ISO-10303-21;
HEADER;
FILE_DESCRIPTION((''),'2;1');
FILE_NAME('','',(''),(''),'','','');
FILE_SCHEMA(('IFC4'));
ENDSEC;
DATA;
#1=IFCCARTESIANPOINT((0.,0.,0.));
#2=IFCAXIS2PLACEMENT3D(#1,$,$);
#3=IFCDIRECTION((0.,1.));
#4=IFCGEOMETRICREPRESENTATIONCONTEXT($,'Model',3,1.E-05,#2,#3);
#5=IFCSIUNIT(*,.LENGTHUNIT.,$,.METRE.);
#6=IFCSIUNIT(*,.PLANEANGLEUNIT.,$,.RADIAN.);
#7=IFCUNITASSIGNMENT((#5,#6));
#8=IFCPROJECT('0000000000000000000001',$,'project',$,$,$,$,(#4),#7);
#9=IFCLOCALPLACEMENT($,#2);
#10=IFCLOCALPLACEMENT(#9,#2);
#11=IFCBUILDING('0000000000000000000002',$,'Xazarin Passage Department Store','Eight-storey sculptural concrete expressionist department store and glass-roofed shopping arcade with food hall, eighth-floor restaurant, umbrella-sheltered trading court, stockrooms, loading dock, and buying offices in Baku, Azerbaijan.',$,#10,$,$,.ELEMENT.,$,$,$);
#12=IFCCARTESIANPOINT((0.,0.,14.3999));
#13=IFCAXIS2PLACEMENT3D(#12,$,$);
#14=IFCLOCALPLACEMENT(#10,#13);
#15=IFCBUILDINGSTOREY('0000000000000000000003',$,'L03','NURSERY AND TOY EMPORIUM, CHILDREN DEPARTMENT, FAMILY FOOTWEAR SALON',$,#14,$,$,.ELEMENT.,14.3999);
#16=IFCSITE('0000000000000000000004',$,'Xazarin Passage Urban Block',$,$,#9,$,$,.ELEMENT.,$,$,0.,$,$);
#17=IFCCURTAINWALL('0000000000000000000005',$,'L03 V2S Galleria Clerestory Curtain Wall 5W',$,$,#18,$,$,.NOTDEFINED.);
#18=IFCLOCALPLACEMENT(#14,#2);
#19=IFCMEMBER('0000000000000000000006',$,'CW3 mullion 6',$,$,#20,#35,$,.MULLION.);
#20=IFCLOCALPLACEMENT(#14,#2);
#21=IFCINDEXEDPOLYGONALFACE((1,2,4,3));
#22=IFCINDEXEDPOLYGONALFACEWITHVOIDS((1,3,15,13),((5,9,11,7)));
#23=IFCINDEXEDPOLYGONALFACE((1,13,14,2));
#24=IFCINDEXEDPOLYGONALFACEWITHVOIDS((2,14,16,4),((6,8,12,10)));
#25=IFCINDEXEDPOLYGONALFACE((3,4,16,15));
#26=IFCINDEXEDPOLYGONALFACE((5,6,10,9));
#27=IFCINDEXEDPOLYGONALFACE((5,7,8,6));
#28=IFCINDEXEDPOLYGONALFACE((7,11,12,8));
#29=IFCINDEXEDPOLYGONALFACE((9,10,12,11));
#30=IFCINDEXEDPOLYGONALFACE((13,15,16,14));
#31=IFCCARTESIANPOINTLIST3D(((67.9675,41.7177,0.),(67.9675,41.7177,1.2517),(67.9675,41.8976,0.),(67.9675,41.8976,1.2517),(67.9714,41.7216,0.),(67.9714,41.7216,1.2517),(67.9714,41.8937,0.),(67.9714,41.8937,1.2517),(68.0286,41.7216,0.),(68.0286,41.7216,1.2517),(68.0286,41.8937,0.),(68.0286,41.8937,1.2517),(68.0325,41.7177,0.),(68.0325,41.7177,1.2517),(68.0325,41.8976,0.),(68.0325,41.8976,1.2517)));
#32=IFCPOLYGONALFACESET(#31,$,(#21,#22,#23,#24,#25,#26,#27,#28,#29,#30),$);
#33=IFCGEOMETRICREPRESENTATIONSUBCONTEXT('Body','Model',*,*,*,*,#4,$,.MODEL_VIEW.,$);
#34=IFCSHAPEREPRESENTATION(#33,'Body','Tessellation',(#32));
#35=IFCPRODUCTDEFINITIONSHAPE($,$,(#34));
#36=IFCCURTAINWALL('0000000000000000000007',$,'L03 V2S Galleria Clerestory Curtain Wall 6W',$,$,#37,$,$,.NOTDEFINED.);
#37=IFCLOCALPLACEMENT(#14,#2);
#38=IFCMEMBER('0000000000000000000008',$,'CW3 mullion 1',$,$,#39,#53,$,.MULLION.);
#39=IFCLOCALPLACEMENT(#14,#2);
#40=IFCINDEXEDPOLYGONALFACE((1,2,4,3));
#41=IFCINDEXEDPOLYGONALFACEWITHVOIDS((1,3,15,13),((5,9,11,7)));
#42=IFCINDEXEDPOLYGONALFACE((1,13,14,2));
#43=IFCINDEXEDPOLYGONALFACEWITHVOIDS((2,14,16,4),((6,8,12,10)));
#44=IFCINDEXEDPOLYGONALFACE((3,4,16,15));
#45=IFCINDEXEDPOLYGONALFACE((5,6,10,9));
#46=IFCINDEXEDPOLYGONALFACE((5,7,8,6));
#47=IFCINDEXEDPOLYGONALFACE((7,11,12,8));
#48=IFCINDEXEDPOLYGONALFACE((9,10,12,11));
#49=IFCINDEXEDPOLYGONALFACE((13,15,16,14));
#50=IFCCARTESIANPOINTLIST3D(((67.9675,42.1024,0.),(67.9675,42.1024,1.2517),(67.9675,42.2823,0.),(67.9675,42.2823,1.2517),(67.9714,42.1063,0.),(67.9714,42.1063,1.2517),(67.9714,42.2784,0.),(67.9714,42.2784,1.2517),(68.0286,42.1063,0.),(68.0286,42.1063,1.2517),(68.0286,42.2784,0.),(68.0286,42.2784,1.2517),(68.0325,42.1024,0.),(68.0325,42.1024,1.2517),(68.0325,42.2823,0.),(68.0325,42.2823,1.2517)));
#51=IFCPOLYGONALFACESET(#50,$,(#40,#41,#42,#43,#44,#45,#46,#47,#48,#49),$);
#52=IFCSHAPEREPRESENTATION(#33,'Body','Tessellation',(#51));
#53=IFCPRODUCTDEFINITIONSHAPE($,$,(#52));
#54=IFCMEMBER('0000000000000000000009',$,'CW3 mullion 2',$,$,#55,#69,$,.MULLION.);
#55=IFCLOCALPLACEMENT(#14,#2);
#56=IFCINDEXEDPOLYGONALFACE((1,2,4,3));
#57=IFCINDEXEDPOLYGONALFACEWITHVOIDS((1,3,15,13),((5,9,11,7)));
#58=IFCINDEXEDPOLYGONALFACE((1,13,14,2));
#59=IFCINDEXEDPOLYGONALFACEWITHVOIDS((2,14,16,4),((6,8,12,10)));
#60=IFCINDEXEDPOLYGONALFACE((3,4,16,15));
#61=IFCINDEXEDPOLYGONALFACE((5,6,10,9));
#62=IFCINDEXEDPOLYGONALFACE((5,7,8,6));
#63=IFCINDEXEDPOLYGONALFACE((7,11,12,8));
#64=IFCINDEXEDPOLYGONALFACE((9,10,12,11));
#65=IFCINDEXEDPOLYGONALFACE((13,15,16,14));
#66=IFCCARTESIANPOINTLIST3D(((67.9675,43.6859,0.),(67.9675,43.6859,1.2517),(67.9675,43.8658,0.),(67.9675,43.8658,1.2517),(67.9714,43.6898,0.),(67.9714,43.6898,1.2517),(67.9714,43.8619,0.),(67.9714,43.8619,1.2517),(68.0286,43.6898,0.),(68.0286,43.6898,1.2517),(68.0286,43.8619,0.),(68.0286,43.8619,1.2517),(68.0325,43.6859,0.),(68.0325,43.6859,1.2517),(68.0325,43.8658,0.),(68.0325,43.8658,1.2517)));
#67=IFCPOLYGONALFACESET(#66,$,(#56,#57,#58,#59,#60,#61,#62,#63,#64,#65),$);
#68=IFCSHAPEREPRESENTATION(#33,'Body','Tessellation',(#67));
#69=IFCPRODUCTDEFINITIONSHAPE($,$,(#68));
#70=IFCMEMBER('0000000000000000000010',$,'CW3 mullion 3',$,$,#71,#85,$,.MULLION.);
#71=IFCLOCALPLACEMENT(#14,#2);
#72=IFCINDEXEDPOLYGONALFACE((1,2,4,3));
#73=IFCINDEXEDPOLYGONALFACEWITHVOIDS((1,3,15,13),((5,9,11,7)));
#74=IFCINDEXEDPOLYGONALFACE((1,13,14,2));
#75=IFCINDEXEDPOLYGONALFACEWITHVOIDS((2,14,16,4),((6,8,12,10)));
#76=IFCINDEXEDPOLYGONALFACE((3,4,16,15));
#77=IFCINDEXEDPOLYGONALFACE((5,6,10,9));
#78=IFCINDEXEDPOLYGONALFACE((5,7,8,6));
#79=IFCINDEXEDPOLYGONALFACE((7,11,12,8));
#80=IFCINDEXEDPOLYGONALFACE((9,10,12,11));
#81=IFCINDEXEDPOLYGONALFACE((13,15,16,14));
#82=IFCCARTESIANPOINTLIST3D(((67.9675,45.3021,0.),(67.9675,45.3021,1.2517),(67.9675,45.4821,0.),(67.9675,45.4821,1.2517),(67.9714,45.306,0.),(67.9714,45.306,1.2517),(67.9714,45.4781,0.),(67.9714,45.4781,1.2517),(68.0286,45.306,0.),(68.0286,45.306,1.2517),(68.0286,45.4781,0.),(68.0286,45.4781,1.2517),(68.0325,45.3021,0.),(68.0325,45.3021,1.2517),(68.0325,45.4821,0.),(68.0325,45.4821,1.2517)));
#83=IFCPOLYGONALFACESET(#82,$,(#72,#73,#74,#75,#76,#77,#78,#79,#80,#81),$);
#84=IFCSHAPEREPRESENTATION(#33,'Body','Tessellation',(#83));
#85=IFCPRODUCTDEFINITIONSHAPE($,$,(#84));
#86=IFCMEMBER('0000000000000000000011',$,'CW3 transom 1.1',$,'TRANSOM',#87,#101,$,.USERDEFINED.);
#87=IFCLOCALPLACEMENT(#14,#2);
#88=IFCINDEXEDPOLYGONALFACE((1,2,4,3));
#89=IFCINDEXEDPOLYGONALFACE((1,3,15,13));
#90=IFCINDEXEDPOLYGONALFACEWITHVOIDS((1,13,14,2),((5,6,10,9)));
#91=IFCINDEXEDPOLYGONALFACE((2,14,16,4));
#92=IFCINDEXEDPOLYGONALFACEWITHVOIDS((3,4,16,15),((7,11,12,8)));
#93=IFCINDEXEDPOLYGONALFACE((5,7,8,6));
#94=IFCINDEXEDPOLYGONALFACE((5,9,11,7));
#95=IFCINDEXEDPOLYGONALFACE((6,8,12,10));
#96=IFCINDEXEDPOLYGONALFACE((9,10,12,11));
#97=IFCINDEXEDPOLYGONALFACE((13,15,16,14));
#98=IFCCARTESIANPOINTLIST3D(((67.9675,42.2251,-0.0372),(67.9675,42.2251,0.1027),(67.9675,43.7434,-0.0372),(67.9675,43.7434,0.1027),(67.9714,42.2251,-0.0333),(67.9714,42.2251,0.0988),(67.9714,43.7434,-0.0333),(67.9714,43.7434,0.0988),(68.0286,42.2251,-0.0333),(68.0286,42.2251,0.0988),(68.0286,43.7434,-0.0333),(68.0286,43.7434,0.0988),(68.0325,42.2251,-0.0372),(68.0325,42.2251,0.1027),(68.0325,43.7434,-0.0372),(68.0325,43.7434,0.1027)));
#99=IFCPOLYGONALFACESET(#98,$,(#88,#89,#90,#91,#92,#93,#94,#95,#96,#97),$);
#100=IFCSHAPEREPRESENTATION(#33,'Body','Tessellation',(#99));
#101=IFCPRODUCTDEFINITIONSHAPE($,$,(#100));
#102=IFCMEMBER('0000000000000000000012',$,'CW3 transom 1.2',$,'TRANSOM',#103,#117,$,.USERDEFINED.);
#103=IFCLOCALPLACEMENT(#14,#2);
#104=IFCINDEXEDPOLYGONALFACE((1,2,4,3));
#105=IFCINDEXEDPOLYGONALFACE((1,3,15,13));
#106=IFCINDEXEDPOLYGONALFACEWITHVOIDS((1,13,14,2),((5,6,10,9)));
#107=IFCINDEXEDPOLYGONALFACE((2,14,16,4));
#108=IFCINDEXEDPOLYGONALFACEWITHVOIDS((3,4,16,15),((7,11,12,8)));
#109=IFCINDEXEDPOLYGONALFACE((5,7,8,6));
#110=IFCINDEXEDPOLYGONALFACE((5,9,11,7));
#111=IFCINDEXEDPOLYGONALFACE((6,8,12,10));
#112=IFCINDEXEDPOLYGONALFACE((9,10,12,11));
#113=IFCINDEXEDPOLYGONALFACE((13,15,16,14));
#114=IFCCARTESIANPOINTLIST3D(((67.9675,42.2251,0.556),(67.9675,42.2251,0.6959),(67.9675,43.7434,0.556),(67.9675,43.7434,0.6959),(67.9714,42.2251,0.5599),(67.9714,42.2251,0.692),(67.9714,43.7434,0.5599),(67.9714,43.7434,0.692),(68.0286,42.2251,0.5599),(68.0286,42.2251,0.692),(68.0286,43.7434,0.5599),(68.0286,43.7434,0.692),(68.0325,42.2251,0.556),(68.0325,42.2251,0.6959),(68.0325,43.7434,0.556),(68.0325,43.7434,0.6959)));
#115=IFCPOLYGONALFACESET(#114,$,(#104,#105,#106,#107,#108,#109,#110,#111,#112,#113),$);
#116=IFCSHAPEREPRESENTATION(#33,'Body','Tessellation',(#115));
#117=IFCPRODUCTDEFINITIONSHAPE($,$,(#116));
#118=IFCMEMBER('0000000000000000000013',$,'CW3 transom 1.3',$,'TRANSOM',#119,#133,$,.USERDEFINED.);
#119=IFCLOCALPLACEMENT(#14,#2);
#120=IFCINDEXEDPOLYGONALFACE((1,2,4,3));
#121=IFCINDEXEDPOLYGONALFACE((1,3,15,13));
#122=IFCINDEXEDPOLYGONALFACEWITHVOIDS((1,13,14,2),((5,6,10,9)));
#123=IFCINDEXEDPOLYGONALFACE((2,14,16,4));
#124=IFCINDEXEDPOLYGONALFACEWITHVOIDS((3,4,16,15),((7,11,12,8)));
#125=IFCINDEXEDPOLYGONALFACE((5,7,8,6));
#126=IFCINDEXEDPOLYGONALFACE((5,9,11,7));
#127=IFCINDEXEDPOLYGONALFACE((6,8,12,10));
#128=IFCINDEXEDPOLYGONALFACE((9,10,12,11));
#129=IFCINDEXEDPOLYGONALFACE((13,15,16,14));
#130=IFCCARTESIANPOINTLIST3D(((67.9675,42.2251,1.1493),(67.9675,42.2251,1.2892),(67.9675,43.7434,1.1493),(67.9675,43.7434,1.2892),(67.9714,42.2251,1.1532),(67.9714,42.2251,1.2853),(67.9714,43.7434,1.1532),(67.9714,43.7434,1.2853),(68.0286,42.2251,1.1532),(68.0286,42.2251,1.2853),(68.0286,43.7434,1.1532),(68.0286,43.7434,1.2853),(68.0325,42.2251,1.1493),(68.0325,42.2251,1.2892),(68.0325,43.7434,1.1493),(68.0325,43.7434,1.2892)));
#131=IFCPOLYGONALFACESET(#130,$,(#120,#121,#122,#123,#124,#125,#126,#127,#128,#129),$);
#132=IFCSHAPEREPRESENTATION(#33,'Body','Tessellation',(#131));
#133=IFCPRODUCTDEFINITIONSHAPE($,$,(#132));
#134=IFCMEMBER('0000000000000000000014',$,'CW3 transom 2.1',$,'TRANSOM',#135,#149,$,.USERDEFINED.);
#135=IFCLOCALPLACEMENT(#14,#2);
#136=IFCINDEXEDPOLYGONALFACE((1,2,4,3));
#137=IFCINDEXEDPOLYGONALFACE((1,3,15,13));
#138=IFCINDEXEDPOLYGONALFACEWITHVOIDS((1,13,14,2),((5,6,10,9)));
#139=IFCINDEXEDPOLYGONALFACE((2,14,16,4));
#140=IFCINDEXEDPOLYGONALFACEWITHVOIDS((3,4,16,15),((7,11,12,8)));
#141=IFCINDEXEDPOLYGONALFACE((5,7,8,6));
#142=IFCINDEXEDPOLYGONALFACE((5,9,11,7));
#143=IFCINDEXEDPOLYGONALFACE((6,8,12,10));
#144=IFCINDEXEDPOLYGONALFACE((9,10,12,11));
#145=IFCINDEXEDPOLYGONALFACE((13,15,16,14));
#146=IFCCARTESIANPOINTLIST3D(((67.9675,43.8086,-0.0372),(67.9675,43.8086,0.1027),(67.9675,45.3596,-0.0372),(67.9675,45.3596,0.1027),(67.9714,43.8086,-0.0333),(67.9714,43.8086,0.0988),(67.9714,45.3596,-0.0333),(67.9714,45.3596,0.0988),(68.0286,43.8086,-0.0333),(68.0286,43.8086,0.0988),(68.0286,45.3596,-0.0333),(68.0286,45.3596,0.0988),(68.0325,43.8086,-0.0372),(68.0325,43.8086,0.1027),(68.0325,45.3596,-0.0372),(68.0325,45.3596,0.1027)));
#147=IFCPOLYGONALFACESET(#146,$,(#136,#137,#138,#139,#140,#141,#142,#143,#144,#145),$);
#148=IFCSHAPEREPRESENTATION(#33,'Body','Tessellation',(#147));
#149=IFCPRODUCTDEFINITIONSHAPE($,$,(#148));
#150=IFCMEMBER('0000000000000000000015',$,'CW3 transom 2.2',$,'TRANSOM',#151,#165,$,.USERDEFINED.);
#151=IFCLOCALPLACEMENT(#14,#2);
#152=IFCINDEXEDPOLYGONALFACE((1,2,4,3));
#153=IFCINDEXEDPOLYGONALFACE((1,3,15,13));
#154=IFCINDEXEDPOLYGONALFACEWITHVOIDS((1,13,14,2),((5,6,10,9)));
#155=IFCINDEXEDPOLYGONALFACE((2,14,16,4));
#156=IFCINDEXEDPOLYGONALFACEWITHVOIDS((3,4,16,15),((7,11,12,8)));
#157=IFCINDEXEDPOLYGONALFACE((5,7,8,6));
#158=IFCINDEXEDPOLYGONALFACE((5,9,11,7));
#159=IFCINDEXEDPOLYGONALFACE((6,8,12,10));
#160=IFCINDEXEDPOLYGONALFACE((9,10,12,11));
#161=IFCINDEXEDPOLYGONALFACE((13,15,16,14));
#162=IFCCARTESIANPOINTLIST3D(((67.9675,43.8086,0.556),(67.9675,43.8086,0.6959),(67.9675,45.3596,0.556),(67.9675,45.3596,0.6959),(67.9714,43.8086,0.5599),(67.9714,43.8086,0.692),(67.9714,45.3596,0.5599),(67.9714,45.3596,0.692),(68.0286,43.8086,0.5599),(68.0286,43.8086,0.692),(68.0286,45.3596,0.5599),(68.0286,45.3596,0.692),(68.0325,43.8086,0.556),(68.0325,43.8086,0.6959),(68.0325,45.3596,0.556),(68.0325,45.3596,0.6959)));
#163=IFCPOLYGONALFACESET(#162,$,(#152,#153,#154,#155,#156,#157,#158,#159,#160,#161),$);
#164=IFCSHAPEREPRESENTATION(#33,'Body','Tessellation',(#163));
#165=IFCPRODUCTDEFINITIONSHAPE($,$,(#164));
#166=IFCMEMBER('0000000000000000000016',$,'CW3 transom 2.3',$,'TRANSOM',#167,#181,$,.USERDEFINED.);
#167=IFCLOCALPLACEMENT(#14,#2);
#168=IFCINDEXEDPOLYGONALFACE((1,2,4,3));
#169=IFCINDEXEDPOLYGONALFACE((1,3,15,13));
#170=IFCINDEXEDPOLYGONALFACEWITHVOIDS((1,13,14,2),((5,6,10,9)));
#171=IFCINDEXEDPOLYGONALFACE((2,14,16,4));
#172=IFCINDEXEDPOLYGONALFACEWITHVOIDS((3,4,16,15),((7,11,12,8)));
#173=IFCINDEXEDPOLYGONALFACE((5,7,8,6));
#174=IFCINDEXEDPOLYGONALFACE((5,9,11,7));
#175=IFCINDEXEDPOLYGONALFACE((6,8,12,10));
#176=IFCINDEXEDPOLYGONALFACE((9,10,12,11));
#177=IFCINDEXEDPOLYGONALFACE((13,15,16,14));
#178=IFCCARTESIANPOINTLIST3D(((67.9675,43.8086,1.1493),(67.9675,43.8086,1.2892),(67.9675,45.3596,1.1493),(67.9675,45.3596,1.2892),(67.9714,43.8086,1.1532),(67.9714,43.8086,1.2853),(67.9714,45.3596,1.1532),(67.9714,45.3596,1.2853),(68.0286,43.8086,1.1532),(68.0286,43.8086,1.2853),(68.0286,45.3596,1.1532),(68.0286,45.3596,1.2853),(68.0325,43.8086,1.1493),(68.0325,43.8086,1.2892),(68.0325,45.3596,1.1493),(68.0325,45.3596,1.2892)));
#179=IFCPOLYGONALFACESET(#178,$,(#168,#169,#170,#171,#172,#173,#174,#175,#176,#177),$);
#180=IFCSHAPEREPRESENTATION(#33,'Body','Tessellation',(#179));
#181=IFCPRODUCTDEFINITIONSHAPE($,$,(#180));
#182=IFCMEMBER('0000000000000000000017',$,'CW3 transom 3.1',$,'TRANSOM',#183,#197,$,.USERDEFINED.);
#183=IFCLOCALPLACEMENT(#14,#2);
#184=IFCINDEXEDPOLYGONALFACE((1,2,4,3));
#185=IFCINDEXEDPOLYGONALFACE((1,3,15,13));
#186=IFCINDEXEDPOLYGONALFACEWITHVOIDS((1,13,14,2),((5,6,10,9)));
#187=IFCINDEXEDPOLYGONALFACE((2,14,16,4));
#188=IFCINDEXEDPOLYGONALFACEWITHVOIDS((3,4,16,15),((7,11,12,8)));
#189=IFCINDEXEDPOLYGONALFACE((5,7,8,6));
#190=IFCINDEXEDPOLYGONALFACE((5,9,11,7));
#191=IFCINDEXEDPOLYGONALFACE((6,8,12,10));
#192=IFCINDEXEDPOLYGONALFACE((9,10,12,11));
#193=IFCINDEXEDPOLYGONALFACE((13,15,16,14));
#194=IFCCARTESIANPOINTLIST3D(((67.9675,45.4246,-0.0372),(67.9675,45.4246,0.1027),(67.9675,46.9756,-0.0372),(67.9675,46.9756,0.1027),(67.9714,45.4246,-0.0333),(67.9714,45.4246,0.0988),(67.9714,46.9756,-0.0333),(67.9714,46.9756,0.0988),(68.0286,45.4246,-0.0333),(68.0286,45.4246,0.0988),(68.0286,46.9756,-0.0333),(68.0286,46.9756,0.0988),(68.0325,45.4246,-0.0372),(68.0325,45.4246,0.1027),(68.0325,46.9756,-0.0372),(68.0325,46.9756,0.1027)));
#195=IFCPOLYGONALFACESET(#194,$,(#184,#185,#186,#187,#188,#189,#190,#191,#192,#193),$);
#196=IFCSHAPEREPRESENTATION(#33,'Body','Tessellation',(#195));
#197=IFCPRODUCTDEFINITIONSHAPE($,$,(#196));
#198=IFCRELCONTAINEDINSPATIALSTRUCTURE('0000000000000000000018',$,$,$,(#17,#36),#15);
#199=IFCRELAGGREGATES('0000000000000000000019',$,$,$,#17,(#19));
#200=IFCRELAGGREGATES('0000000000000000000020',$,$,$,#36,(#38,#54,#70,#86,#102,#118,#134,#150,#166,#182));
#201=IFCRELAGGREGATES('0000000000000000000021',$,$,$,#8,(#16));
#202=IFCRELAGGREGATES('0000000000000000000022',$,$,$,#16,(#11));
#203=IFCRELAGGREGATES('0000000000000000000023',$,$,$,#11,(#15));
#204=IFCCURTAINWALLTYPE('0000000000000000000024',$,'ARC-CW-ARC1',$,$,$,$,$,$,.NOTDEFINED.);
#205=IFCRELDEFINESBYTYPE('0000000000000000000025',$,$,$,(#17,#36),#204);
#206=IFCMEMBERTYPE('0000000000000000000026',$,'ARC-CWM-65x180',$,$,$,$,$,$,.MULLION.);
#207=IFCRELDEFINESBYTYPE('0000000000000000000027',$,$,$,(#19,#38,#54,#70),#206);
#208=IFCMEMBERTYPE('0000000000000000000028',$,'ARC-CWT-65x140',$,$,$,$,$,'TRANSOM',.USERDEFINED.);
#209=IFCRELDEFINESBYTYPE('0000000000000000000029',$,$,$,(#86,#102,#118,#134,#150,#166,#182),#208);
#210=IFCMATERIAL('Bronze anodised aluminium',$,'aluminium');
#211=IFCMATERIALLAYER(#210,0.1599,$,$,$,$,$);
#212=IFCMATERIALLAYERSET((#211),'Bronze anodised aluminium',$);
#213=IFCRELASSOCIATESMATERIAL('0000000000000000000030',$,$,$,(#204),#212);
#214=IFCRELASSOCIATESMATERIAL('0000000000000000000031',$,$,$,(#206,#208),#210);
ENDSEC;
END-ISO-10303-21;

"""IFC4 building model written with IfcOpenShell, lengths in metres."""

from ifc_helpers import new_model, si_unit, direction, frame, origin, origin_2d, place, context, subcontext, project, spatial, hollow_rectangle, extrude, material, layer, layer_set, material_profile, profile_set, type_object, element, aggregate, save


model = new_model("IFC4")

# Units and contexts
model_context = context("Model", 3, precision=1e-05, world=origin(), true_north=direction((0.0, 1.0)))
body_context = subcontext(model_context, "Body", "Model", "MODEL_VIEW")
ifc_project = project(units=[si_unit("LENGTHUNIT", "METRE"), si_unit("PLANEANGLEUNIT", "RADIAN")], contexts=[model_context])

# Site, building, storey
site_placement = place(None, origin())
site = spatial("IfcSite", under=ifc_project, at=site_placement, Name="Xazarin Passage Urban Block", CompositionType="ELEMENT", RefElevation=0.0)
building_placement = place(site_placement, origin())
building = spatial("IfcBuilding", under=site, at=building_placement, Name="Xazarin Passage Department Store", Description="Eight-storey sculptural concrete expressionist department store and glass-roofed shopping arcade with food hall, eighth-floor restaurant, umbrella-sheltered trading court, stockrooms, loading dock, and buying offices in Baku, Azerbaijan.", CompositionType="ELEMENT")
storey_placement = place(building_placement, frame((0.0, 0.0, 14.3999)))
storey = spatial("IfcBuildingStorey", under=building, at=storey_placement, Name="L03", Description="NURSERY AND TOY EMPORIUM, CHILDREN DEPARTMENT, FAMILY FOOTWEAR SALON", CompositionType="ELEMENT", Elevation=14.3999)

# Curtain wall, member
ifc_material_1 = material(Name="Bronze anodised aluminium", Category="aluminium")
ifc_layer_1 = layer(ifc_material_1, 0.1599)
ifc_layer_set_1 = layer_set([ifc_layer_1], Name="Bronze anodised aluminium")
curtain_wall_type = type_object("IfcCurtainWallType", Name="ARC-CW-ARC1", PredefinedType="NOTDEFINED", material=ifc_layer_set_1)
curtain_wall_1_placement = place(storey_placement, origin())
curtain_wall_1 = element("IfcCurtainWall", 1, at=curtain_wall_1_placement, inside=storey, type_object=curtain_wall_type, Name="L03 V2S Galleria Clerestory Curtain Wall 5W", PredefinedType="NOTDEFINED")
ifc_material_profile_1 = material_profile(ifc_material_1, hollow_rectangle(XDim=0.0649, YDim=0.1799, WallThickness=0.0039, at=origin_2d()), Name="ALU 65x180")
ifc_profile_set_1 = profile_set([ifc_material_profile_1], Name="Bronze anodised aluminium")
member_type_1 = type_object("IfcMemberType", Name="ARC-CWM-65x180", PredefinedType="MULLION", material=ifc_profile_set_1)
member_1_placement = place(storey_placement, frame((68.0, 41.8076, 0.0), z_axis=(0.0, 0.0, 1.0), x_axis=(-1.0, 0.0, 0.0)))
member_1 = element("IfcMember", 2, at=member_1_placement, type_object=member_type_1, Name="CW3 mullion 6", PredefinedType="MULLION", context=body_context, shape_type="SweptSolid", body=[
    extrude(hollow_rectangle(XDim=0.0649, YDim=0.1799, WallThickness=0.0039, at=origin_2d()), origin(), (0.0, 0.0, 1.0), 1.2517),
])

# Curtain wall, members
curtain_wall_2_placement = place(storey_placement, origin())
curtain_wall_2 = element("IfcCurtainWall", 3, at=curtain_wall_2_placement, inside=storey, type_object=curtain_wall_type, Name="L03 V2S Galleria Clerestory Curtain Wall 6W", PredefinedType="NOTDEFINED")
member_2_placement = place(storey_placement, frame((68.0, 42.1924, 0.0), z_axis=(0.0, 0.0, 1.0), x_axis=(-1.0, 0.0, 0.0)))
member_2 = element("IfcMember", 4, at=member_2_placement, type_object=member_type_1, Name="CW3 mullion 1", PredefinedType="MULLION", context=body_context, shape_type="SweptSolid", body=[
    extrude(hollow_rectangle(XDim=0.0649, YDim=0.1799, WallThickness=0.0039, at=origin_2d()), origin(), (0.0, 0.0, 1.0), 1.2517),
])
member_3_placement = place(storey_placement, frame((68.0, 43.7759, 0.0), z_axis=(0.0, 0.0, 1.0), x_axis=(-1.0, 0.0, 0.0)))
member_3 = element("IfcMember", 5, at=member_3_placement, type_object=member_type_1, Name="CW3 mullion 2", PredefinedType="MULLION", context=body_context, shape_type="SweptSolid", body=[
    extrude(hollow_rectangle(XDim=0.0649, YDim=0.1799, WallThickness=0.0039, at=origin_2d()), origin(), (0.0, 0.0, 1.0), 1.2517),
])
member_4_placement = place(storey_placement, frame((68.0, 45.3921, 0.0), z_axis=(0.0, 0.0, 1.0), x_axis=(-1.0, 0.0, 0.0)))
member_4 = element("IfcMember", 6, at=member_4_placement, type_object=member_type_1, Name="CW3 mullion 3", PredefinedType="MULLION", context=body_context, shape_type="SweptSolid", body=[
    extrude(hollow_rectangle(XDim=0.0649, YDim=0.1799, WallThickness=0.0039, at=origin_2d()), origin(), (0.0, 0.0, 1.0), 1.2517),
])
ifc_material_profile_2 = material_profile(ifc_material_1, hollow_rectangle(XDim=0.0649, YDim=0.1399, WallThickness=0.0039, at=origin_2d()), Name="ALU 65x140")
ifc_profile_set_2 = profile_set([ifc_material_profile_2], Name="Bronze anodised aluminium")
member_type_2 = type_object("IfcMemberType", Name="ARC-CWT-65x140", ElementType="TRANSOM", PredefinedType="USERDEFINED", material=ifc_profile_set_2)
member_5_placement = place(storey_placement, frame((68.0, 42.2251, 0.0327), z_axis=(0.0, 1.0, 0.0), x_axis=(-1.0, 0.0, 0.0)))
member_5 = element("IfcMember", 7, at=member_5_placement, type_object=member_type_2, Name="CW3 transom 1.1", ObjectType="TRANSOM", PredefinedType="USERDEFINED", context=body_context, shape_type="SweptSolid", body=[
    extrude(hollow_rectangle(XDim=0.0649, YDim=0.1399, WallThickness=0.0039, at=origin_2d()), origin(), (0.0, 0.0, 1.0), 1.5183),
])
member_6_placement = place(storey_placement, frame((68.0, 42.2251, 0.626), z_axis=(0.0, 1.0, 0.0), x_axis=(-1.0, 0.0, 0.0)))
member_6 = element("IfcMember", 8, at=member_6_placement, type_object=member_type_2, Name="CW3 transom 1.2", ObjectType="TRANSOM", PredefinedType="USERDEFINED", context=body_context, shape_type="SweptSolid", body=[
    extrude(hollow_rectangle(XDim=0.0649, YDim=0.1399, WallThickness=0.0039, at=origin_2d()), origin(), (0.0, 0.0, 1.0), 1.5183),
])
member_7_placement = place(storey_placement, frame((68.0, 42.2251, 1.2192), z_axis=(0.0, 1.0, 0.0), x_axis=(-1.0, 0.0, 0.0)))
member_7 = element("IfcMember", 9, at=member_7_placement, type_object=member_type_2, Name="CW3 transom 1.3", ObjectType="TRANSOM", PredefinedType="USERDEFINED", context=body_context, shape_type="SweptSolid", body=[
    extrude(hollow_rectangle(XDim=0.0649, YDim=0.1399, WallThickness=0.0039, at=origin_2d()), origin(), (0.0, 0.0, 1.0), 1.5183),
])
member_8_placement = place(storey_placement, frame((68.0, 43.8086, 0.0327), z_axis=(0.0, 1.0, 0.0), x_axis=(-1.0, 0.0, 0.0)))
member_8 = element("IfcMember", 10, at=member_8_placement, type_object=member_type_2, Name="CW3 transom 2.1", ObjectType="TRANSOM", PredefinedType="USERDEFINED", context=body_context, shape_type="SweptSolid", body=[
    extrude(hollow_rectangle(XDim=0.0649, YDim=0.1399, WallThickness=0.0039, at=origin_2d()), origin(), (0.0, 0.0, 1.0), 1.551),
])
member_9_placement = place(storey_placement, frame((68.0, 43.8086, 0.626), z_axis=(0.0, 1.0, 0.0), x_axis=(-1.0, 0.0, 0.0)))
member_9 = element("IfcMember", 11, at=member_9_placement, type_object=member_type_2, Name="CW3 transom 2.2", ObjectType="TRANSOM", PredefinedType="USERDEFINED", context=body_context, shape_type="SweptSolid", body=[
    extrude(hollow_rectangle(XDim=0.0649, YDim=0.1399, WallThickness=0.0039, at=origin_2d()), origin(), (0.0, 0.0, 1.0), 1.551),
])
member_10_placement = place(storey_placement, frame((68.0, 43.8086, 1.2192), z_axis=(0.0, 1.0, 0.0), x_axis=(-1.0, 0.0, 0.0)))
member_10 = element("IfcMember", 12, at=member_10_placement, type_object=member_type_2, Name="CW3 transom 2.3", ObjectType="TRANSOM", PredefinedType="USERDEFINED", context=body_context, shape_type="SweptSolid", body=[
    extrude(hollow_rectangle(XDim=0.0649, YDim=0.1399, WallThickness=0.0039, at=origin_2d()), origin(), (0.0, 0.0, 1.0), 1.551),
])
member_11_placement = place(storey_placement, frame((68.0, 45.4246, 0.0327), z_axis=(0.0, 1.0, 0.0), x_axis=(-1.0, 0.0, 0.0)))
member_11 = element("IfcMember", 13, at=member_11_placement, type_object=member_type_2, Name="CW3 transom 3.1", ObjectType="TRANSOM", PredefinedType="USERDEFINED", context=body_context, shape_type="SweptSolid", body=[
    extrude(hollow_rectangle(XDim=0.0649, YDim=0.1399, WallThickness=0.0039, at=origin_2d()), origin(), (0.0, 0.0, 1.0), 1.551),
])

aggregate(curtain_wall_1, [member_1])
aggregate(curtain_wall_2, [member_2, member_3, member_4, member_5, member_6, member_7, member_8, member_9, member_10, member_11])

save(model, "model.ifc")
